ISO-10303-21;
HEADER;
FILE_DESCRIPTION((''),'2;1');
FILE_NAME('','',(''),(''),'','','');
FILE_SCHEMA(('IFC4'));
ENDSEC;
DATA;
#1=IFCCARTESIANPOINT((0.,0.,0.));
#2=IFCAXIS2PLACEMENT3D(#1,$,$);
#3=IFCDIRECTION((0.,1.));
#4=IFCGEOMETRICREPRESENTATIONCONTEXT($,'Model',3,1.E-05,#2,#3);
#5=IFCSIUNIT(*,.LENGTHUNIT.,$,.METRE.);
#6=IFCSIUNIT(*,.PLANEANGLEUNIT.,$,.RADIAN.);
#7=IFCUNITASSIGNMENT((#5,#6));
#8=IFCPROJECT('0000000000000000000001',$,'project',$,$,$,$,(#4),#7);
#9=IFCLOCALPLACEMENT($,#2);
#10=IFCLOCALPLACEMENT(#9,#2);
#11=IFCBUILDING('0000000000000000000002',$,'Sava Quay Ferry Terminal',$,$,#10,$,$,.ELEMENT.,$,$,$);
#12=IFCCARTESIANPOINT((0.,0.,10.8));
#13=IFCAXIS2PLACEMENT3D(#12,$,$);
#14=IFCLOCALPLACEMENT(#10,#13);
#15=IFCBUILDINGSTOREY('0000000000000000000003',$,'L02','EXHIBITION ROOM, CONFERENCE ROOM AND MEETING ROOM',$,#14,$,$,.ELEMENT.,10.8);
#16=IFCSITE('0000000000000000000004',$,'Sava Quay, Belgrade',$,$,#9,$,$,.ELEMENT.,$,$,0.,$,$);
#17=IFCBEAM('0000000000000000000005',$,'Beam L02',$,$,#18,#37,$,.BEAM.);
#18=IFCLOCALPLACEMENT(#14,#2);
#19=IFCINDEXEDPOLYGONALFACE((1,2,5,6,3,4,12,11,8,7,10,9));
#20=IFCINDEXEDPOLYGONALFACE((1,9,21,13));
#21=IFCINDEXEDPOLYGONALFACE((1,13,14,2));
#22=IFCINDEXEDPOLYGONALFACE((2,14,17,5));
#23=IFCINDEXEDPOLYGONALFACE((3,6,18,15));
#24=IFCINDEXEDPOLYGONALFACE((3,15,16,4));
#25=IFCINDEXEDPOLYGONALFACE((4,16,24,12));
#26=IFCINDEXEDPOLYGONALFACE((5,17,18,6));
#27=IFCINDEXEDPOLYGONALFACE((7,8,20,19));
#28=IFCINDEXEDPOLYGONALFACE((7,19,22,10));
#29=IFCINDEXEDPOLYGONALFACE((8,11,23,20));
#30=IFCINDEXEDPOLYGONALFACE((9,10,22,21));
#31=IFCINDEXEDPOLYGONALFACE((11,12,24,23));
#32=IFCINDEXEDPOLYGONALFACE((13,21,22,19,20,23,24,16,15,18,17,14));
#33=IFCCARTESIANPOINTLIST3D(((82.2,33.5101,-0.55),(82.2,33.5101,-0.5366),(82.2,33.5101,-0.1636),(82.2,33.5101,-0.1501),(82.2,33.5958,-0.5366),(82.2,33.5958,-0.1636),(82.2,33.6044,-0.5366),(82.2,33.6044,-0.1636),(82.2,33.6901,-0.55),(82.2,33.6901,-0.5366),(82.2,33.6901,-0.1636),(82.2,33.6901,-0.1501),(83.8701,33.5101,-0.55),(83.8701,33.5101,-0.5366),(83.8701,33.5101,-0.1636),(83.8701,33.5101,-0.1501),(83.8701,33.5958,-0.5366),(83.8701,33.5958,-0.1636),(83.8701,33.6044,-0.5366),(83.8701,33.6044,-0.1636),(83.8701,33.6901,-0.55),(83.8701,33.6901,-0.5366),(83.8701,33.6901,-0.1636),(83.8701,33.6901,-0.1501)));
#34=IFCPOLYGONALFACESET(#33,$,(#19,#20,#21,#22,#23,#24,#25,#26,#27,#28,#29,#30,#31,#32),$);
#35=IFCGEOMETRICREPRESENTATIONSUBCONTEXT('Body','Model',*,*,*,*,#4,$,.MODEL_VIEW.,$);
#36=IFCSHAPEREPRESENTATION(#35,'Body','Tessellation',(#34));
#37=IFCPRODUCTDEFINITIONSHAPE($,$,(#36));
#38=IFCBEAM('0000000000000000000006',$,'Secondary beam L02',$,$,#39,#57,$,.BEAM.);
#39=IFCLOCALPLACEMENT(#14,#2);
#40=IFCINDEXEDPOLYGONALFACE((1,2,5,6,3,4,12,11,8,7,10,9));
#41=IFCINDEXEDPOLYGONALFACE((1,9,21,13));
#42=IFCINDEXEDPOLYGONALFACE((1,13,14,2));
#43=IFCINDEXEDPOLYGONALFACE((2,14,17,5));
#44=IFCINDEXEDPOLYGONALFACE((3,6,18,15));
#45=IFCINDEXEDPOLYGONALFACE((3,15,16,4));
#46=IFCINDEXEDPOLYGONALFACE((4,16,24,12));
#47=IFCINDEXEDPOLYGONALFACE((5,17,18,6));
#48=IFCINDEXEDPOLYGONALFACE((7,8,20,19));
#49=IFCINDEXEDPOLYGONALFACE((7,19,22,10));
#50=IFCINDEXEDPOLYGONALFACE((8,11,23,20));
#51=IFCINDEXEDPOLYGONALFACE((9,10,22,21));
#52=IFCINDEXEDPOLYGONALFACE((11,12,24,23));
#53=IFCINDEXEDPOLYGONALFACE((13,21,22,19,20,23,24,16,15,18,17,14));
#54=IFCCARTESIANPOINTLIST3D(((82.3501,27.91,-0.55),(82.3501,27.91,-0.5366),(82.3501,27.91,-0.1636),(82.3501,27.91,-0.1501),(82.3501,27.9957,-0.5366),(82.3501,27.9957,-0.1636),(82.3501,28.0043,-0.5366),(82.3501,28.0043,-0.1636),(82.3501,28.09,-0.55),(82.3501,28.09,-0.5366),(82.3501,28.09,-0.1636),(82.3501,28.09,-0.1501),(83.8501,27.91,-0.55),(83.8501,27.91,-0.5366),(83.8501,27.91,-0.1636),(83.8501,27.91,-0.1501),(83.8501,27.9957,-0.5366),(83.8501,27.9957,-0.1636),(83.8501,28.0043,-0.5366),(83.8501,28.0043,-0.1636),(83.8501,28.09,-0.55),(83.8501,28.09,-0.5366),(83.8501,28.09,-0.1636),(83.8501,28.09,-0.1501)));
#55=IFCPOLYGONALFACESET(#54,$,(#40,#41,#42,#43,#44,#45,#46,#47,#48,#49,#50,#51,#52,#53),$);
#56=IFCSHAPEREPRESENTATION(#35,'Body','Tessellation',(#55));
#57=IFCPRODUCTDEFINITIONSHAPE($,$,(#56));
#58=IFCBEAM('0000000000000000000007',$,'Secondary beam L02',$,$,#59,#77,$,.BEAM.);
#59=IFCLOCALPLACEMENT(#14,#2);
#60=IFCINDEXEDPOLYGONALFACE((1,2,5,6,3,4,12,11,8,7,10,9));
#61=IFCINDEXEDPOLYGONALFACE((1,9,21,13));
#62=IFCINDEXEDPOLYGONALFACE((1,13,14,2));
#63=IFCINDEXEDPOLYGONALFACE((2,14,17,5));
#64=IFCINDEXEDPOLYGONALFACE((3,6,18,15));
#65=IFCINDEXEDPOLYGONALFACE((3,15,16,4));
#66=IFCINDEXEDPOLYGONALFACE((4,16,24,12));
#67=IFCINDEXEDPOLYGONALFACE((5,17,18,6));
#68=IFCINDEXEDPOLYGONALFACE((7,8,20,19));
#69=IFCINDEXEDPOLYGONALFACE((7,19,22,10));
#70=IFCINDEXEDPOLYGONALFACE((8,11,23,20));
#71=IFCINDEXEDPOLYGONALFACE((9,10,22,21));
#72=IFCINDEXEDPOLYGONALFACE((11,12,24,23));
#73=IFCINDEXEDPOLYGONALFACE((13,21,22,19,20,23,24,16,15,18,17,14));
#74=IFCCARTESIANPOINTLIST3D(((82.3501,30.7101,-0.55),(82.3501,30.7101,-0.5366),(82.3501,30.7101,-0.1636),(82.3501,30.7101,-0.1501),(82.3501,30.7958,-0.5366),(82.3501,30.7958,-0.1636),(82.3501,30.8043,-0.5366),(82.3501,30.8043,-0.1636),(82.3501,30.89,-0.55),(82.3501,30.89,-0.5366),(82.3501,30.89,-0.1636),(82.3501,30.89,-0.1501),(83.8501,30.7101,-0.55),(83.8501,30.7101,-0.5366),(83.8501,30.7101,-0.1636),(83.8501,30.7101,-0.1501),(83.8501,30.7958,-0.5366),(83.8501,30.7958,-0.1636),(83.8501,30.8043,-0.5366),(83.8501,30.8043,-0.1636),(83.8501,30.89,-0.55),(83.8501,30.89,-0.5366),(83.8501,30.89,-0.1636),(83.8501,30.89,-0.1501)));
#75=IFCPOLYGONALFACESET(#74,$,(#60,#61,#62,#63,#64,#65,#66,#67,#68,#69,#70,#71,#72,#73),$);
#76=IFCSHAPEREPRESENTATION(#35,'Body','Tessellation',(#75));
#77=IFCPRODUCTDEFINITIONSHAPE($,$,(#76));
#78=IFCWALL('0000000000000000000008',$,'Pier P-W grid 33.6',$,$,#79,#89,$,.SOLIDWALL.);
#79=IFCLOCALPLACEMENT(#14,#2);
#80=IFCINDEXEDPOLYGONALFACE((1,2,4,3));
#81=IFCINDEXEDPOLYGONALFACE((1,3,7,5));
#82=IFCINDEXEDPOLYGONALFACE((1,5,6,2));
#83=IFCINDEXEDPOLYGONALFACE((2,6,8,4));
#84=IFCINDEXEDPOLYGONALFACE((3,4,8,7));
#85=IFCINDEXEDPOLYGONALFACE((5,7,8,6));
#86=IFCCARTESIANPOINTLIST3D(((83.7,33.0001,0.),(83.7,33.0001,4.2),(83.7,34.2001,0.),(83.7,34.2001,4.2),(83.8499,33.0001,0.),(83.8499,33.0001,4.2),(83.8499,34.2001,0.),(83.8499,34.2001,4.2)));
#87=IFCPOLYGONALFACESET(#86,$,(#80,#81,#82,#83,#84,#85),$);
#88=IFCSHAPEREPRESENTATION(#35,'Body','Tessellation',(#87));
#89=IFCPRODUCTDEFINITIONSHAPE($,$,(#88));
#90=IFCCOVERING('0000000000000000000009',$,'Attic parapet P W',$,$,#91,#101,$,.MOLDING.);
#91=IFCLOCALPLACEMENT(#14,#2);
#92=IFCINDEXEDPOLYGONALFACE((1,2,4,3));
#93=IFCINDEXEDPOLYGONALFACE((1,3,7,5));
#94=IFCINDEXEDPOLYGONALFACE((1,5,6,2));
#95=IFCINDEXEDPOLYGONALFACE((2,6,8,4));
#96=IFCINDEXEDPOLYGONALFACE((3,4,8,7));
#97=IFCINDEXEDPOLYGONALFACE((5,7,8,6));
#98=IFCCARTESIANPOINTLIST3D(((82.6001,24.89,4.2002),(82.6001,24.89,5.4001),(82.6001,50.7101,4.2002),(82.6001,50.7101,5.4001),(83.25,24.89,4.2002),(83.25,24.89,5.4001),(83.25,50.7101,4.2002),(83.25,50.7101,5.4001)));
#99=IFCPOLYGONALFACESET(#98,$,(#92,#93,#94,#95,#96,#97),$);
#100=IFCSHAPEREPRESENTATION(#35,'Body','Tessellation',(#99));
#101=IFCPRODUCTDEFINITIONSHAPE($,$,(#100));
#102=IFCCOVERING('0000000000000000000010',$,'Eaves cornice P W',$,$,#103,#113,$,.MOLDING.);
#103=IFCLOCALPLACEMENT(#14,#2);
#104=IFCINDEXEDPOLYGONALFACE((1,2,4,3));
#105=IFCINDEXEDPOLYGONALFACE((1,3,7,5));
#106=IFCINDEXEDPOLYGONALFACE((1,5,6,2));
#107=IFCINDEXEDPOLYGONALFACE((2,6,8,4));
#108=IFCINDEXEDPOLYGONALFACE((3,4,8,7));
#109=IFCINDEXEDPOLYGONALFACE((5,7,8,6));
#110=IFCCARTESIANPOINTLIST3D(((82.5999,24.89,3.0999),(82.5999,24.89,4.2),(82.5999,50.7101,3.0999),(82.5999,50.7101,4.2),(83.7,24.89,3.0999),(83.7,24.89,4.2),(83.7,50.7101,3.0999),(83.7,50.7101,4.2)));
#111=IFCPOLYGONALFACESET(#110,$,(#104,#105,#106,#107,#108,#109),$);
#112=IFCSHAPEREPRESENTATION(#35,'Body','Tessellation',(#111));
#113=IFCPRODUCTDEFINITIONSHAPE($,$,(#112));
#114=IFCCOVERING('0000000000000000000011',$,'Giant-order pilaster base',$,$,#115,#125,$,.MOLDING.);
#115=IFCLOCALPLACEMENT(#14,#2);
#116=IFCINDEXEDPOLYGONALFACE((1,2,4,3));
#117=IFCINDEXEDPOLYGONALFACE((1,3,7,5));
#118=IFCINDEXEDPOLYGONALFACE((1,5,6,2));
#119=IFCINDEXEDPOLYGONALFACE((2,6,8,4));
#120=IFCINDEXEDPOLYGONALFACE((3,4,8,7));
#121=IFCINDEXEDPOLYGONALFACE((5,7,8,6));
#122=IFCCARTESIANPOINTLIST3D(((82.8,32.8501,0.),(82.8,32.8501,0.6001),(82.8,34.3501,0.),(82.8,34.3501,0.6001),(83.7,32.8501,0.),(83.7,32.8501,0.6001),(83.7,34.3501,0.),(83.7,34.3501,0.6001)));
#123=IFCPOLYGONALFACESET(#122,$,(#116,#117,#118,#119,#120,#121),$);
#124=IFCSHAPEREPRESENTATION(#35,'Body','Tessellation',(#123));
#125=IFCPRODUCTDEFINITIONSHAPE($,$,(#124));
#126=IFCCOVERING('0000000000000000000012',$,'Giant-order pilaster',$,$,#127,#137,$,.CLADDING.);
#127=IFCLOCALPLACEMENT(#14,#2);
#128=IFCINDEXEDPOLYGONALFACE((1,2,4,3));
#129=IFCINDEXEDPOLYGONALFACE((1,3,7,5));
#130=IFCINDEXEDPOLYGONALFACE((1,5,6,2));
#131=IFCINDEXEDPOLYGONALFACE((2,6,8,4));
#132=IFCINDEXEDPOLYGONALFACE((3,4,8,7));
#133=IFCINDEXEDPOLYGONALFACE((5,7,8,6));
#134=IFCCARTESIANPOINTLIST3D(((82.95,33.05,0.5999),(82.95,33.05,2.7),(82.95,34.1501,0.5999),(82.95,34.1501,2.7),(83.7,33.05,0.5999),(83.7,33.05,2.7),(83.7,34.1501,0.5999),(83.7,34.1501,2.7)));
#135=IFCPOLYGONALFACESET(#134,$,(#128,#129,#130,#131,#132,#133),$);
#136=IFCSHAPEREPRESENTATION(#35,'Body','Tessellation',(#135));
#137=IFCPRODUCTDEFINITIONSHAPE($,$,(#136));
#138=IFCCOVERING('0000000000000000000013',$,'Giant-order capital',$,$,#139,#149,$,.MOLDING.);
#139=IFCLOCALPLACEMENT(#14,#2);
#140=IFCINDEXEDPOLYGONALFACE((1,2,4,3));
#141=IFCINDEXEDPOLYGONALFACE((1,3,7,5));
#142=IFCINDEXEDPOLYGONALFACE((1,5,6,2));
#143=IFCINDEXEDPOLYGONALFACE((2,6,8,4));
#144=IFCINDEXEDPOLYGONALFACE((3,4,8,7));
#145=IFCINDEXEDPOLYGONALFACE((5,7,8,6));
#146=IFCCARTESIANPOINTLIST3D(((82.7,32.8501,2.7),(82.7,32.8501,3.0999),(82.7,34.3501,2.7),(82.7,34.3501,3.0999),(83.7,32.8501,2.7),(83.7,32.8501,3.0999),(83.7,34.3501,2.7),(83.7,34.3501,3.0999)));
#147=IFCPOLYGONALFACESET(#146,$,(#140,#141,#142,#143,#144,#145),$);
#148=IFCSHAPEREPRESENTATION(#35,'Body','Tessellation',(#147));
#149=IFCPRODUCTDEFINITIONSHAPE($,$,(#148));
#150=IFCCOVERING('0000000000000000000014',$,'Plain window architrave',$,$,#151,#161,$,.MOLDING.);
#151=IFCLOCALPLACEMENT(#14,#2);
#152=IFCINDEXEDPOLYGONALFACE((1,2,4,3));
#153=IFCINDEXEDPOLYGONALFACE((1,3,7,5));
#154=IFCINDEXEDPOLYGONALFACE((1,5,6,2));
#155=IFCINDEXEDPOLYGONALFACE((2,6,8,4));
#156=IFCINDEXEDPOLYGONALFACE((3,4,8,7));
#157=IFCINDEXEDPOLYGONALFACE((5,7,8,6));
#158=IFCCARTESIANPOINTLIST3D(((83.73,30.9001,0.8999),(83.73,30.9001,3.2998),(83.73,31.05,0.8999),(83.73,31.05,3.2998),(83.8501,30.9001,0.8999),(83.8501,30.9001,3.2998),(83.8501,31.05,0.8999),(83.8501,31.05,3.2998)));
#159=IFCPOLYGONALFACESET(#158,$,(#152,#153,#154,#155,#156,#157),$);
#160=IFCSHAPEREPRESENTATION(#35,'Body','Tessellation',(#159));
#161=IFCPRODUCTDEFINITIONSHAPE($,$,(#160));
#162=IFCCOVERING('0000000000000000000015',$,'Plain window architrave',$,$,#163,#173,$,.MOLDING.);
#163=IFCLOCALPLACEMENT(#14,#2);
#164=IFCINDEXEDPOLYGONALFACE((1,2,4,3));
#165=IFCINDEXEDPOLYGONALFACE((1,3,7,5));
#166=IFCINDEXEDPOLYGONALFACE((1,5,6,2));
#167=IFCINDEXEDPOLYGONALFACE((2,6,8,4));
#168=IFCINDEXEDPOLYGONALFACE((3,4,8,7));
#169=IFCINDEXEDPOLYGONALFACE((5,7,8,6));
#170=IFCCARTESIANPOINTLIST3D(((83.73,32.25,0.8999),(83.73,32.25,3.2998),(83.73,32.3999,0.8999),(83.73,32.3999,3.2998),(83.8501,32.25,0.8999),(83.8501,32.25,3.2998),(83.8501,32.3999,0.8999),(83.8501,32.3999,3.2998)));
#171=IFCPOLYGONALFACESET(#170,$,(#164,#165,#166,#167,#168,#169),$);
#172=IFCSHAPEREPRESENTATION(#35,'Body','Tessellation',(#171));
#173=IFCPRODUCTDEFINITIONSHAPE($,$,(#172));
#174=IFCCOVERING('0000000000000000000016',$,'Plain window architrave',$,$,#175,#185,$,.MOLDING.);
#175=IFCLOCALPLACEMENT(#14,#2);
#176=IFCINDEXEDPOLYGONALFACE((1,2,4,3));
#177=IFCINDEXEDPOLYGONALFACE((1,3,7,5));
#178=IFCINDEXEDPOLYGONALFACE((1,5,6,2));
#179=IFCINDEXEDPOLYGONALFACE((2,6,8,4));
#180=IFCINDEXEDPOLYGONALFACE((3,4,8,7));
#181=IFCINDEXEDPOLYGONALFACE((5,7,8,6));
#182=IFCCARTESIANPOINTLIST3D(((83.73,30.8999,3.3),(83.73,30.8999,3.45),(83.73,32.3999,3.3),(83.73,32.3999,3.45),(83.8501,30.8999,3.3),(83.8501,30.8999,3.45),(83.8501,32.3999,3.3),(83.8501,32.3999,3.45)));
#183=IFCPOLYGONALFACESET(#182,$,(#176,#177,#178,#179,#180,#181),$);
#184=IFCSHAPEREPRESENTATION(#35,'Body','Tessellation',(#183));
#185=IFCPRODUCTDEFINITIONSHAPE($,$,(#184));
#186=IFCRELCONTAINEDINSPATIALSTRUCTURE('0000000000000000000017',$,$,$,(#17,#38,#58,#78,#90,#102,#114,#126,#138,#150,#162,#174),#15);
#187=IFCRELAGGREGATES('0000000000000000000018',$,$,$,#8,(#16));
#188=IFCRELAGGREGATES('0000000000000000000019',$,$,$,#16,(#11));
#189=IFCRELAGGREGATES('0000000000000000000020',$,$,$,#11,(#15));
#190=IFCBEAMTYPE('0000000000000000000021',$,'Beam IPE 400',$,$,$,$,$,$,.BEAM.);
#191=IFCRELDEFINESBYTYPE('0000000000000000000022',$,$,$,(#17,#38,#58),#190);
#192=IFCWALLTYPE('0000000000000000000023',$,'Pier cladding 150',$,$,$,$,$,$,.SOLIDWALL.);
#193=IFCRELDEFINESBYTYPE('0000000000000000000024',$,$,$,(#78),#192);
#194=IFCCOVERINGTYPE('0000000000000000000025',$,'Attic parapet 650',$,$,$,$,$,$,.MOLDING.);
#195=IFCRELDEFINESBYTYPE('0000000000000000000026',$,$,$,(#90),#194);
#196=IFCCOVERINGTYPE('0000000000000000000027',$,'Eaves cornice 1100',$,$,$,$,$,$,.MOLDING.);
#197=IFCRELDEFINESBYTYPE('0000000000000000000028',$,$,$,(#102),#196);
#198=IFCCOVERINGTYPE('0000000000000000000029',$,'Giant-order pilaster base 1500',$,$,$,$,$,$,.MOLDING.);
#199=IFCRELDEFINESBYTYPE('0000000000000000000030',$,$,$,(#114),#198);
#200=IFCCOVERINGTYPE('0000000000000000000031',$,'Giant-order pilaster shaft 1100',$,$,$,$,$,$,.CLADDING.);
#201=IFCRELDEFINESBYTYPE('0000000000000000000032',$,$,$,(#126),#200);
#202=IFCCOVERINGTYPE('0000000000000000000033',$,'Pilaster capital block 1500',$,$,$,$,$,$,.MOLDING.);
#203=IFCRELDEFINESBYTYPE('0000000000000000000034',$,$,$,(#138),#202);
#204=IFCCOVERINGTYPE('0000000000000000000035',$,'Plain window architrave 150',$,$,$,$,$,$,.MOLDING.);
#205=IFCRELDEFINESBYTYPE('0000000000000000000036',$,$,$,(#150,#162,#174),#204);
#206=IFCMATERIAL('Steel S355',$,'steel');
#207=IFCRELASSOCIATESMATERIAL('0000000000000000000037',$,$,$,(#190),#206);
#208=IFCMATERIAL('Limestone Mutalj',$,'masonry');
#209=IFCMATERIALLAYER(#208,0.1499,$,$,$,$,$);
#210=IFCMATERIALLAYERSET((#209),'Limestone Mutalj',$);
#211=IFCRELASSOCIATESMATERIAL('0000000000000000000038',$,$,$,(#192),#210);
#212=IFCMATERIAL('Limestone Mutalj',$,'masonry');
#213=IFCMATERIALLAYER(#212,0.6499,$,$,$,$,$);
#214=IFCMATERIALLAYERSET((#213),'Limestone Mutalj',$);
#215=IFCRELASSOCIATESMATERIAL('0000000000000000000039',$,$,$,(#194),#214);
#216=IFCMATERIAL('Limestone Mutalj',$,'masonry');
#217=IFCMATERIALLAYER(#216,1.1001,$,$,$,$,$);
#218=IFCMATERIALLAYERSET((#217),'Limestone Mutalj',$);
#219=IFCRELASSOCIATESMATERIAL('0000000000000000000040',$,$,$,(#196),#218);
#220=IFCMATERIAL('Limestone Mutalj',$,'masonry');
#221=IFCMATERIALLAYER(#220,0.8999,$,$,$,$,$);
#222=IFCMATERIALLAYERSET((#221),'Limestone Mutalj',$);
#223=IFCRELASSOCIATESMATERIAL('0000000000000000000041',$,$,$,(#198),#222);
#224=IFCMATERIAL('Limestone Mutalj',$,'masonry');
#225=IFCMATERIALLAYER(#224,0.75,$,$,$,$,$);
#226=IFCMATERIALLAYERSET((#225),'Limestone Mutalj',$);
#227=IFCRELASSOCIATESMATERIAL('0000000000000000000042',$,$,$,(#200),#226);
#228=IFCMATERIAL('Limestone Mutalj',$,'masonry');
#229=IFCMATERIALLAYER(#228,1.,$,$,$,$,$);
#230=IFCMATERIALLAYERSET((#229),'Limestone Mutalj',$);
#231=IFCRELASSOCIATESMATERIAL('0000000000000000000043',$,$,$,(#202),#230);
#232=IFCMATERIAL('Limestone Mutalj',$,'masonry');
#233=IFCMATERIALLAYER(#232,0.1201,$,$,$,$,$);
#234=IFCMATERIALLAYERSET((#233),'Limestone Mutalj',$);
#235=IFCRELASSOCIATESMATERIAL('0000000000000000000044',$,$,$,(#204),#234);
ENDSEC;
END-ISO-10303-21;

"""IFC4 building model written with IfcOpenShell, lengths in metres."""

from ifc_helpers import new_model, si_unit, direction, frame, frame_2d, origin, origin_2d, place, context, subcontext, project, spatial, rectangle, i_section, extrude, material, layer, layer_set, material_profile, profile_set, type_object, element, save


model = new_model("IFC4")

# Units and contexts
model_context = context("Model", 3, precision=1e-05, world=origin(), true_north=direction((0.0, 1.0)))
body_context = subcontext(model_context, "Body", "Model", "MODEL_VIEW")
ifc_project = project(units=[si_unit("LENGTHUNIT", "METRE"), si_unit("PLANEANGLEUNIT", "RADIAN")], contexts=[model_context])

# Site, building, storey
site_placement = place(None, origin())
site = spatial("IfcSite", under=ifc_project, at=site_placement, Name="Sava Quay, Belgrade", CompositionType="ELEMENT", RefElevation=0.0)
building_placement = place(site_placement, origin())
building = spatial("IfcBuilding", under=site, at=building_placement, Name="Sava Quay Ferry Terminal", CompositionType="ELEMENT")
storey_placement = place(building_placement, frame((0.0, 0.0, 10.8)))
storey = spatial("IfcBuildingStorey", under=building, at=storey_placement, Name="L02", Description="EXHIBITION ROOM, CONFERENCE ROOM AND MEETING ROOM", CompositionType="ELEMENT", Elevation=10.8)

# Beams
ifc_material_1 = material(Name="Steel S355", Category="steel")
ifc_material_profile = material_profile(ifc_material_1, i_section(OverallWidth=0.1799, OverallDepth=0.3999, WebThickness=0.0085, FlangeThickness=0.0134, at=origin_2d()), Name="IPE 400")
ifc_profile_set = profile_set([ifc_material_profile], Name="Steel S355")
beam_type = type_object("IfcBeamType", Name="Beam IPE 400", PredefinedType="BEAM", material=ifc_profile_set)
beam_placement = place(storey_placement, frame((82.2, 33.6001, -0.3501), z_axis=(1.0, 0.0, 0.0), x_axis=(0.0, 1.0, 0.0)))
element("IfcBeam", 1, at=beam_placement, inside=storey, type_object=beam_type, Name="Beam L02", PredefinedType="BEAM", context=body_context, shape_type="SweptSolid", body=[
    extrude(i_section(OverallWidth=0.1799, OverallDepth=0.3999, WebThickness=0.0085, FlangeThickness=0.0134, at=origin_2d()), origin(), (0.0, 0.0, 1.0), 1.6702),
])
for number, where, z_axis, x_axis, name in (
    (2, (82.3501, 28.0, -0.3501), (1.0, 0.0, 0.0), (0.0, 1.0, 0.0), "Secondary beam L02"),
    (3, (82.3501, 30.8, -0.3501), (1.0, 0.0, 0.0), (0.0, 1.0, 0.0), "Secondary beam L02"),
):
    element("IfcBeam", number, at=place(storey_placement, frame(where, z_axis=z_axis, x_axis=x_axis)), inside=storey, type_object=beam_type, Name=name, PredefinedType="BEAM", context=body_context, shape_type="SweptSolid", body=[
        extrude(i_section(OverallWidth=0.1799, OverallDepth=0.3999, WebThickness=0.0085, FlangeThickness=0.0134, at=origin_2d()), origin(), (0.0, 0.0, 1.0), 1.5),
    ])

# Wall
ifc_material_2 = material(Name="Limestone Mutalj", Category="masonry")
ifc_layer_1 = layer(ifc_material_2, 0.1499)
ifc_layer_set_1 = layer_set([ifc_layer_1], Name="Limestone Mutalj")
wall_type = type_object("IfcWallType", Name="Pier cladding 150", PredefinedType="SOLIDWALL", material=ifc_layer_set_1)
wall_placement = place(storey_placement, frame((83.7749, 33.0, 0.0), z_axis=(0.0, 0.0, 1.0), x_axis=(0.0, 1.0, 0.0)))
element("IfcWall", 4, at=wall_placement, inside=storey, type_object=wall_type, Name="Pier P-W grid 33.6", PredefinedType="SOLIDWALL", context=body_context, shape_type="SweptSolid", body=[
    extrude(rectangle(XDim=1.2, YDim=0.1499, at=frame_2d((0.6001, 0.0))), origin(), (0.0, 0.0, 1.0), 4.2),
])

# Coverings
ifc_material_3 = material(Name="Limestone Mutalj", Category="masonry")
ifc_layer_2 = layer(ifc_material_3, 0.6499)
ifc_layer_set_2 = layer_set([ifc_layer_2], Name="Limestone Mutalj")
covering_type_1 = type_object("IfcCoveringType", Name="Attic parapet 650", PredefinedType="MOLDING", material=ifc_layer_set_2)
covering_1_placement = place(storey_placement, frame((82.925, 37.8, 4.2002), z_axis=(0.0, 0.0, 1.0), x_axis=(1.0, 0.0, 0.0)))
element("IfcCovering", 5, at=covering_1_placement, inside=storey, type_object=covering_type_1, Name="Attic parapet P W", PredefinedType="MOLDING", context=body_context, shape_type="SweptSolid", body=[
    extrude(rectangle(XDim=0.6499, YDim=25.8201, at=origin_2d()), origin(), (0.0, 0.0, 1.0), 1.2),
])
ifc_material_4 = material(Name="Limestone Mutalj", Category="masonry")
ifc_layer_3 = layer(ifc_material_4, 1.1001)
ifc_layer_set_3 = layer_set([ifc_layer_3], Name="Limestone Mutalj")
covering_type_2 = type_object("IfcCoveringType", Name="Eaves cornice 1100", PredefinedType="MOLDING", material=ifc_layer_set_3)
covering_2_placement = place(storey_placement, frame((83.1499, 37.8, 3.0999), z_axis=(0.0, 0.0, 1.0), x_axis=(1.0, 0.0, 0.0)))
element("IfcCovering", 6, at=covering_2_placement, inside=storey, type_object=covering_type_2, Name="Eaves cornice P W", PredefinedType="MOLDING", context=body_context, shape_type="SweptSolid", body=[
    extrude(rectangle(XDim=1.1001, YDim=25.8201, at=origin_2d()), origin(), (0.0, 0.0, 1.0), 1.1001),
])
ifc_material_5 = material(Name="Limestone Mutalj", Category="masonry")
ifc_layer_4 = layer(ifc_material_5, 0.8999)
ifc_layer_set_4 = layer_set([ifc_layer_4], Name="Limestone Mutalj")
covering_type_3 = type_object("IfcCoveringType", Name="Giant-order pilaster base 1500", PredefinedType="MOLDING", material=ifc_layer_set_4)
covering_3_placement = place(storey_placement, frame((83.25, 33.6001, 0.0), z_axis=(0.0, 0.0, 1.0), x_axis=(1.0, 0.0, 0.0)))
element("IfcCovering", 7, at=covering_3_placement, inside=storey, type_object=covering_type_3, Name="Giant-order pilaster base", PredefinedType="MOLDING", context=body_context, shape_type="SweptSolid", body=[
    extrude(rectangle(XDim=0.8999, YDim=1.5, at=origin_2d()), origin(), (0.0, 0.0, 1.0), 0.6001),
])
ifc_material_6 = material(Name="Limestone Mutalj", Category="masonry")
ifc_layer_5 = layer(ifc_material_6, 0.75)
ifc_layer_set_5 = layer_set([ifc_layer_5], Name="Limestone Mutalj")
covering_type_4 = type_object("IfcCoveringType", Name="Giant-order pilaster shaft 1100", PredefinedType="CLADDING", material=ifc_layer_set_5)
covering_4_placement = place(storey_placement, frame((83.325, 33.6001, 0.5999), z_axis=(0.0, 0.0, 1.0), x_axis=(1.0, 0.0, 0.0)))
element("IfcCovering", 8, at=covering_4_placement, inside=storey, type_object=covering_type_4, Name="Giant-order pilaster", PredefinedType="CLADDING", context=body_context, shape_type="SweptSolid", body=[
    extrude(rectangle(XDim=0.75, YDim=1.1001, at=origin_2d()), origin(), (0.0, 0.0, 1.0), 2.1001),
])
ifc_material_7 = material(Name="Limestone Mutalj", Category="masonry")
ifc_layer_6 = layer(ifc_material_7, 1.0)
ifc_layer_set_6 = layer_set([ifc_layer_6], Name="Limestone Mutalj")
covering_type_5 = type_object("IfcCoveringType", Name="Pilaster capital block 1500", PredefinedType="MOLDING", material=ifc_layer_set_6)
covering_5_placement = place(storey_placement, frame((83.2, 33.6001, 2.7), z_axis=(0.0, 0.0, 1.0), x_axis=(1.0, 0.0, 0.0)))
element("IfcCovering", 9, at=covering_5_placement, inside=storey, type_object=covering_type_5, Name="Giant-order capital", PredefinedType="MOLDING", context=body_context, shape_type="SweptSolid", body=[
    extrude(rectangle(XDim=1.0, YDim=1.5, at=origin_2d()), origin(), (0.0, 0.0, 1.0), 0.3999),
])
ifc_material_8 = material(Name="Limestone Mutalj", Category="masonry")
ifc_layer_7 = layer(ifc_material_8, 0.1201)
ifc_layer_set_7 = layer_set([ifc_layer_7], Name="Limestone Mutalj")
covering_type_6 = type_object("IfcCoveringType", Name="Plain window architrave 150", PredefinedType="MOLDING", material=ifc_layer_set_7)
for number, where, z_axis, x_axis, name in (
    (10, (83.79, 30.9751, 0.8999), (0.0, 0.0, 1.0), (1.0, 0.0, 0.0), "Plain window architrave"),
    (11, (83.79, 32.325, 0.8999), (0.0, 0.0, 1.0), (1.0, 0.0, 0.0), "Plain window architrave"),
):
    element("IfcCovering", number, at=place(storey_placement, frame(where, z_axis=z_axis, x_axis=x_axis)), inside=storey, type_object=covering_type_6, Name=name, PredefinedType="MOLDING", context=body_context, shape_type="SweptSolid", body=[
        extrude(rectangle(XDim=0.1201, YDim=0.1499, at=origin_2d()), origin(), (0.0, 0.0, 1.0), 2.3999),
    ])
for number, where, z_axis, x_axis, name in (
    (12, (83.79, 31.6499, 3.3), (0.0, 0.0, 1.0), (1.0, 0.0, 0.0), "Plain window architrave"),
):
    element("IfcCovering", number, at=place(storey_placement, frame(where, z_axis=z_axis, x_axis=x_axis)), inside=storey, type_object=covering_type_6, Name=name, PredefinedType="MOLDING", context=body_context, shape_type="SweptSolid", body=[
        extrude(rectangle(XDim=0.1201, YDim=1.5, at=origin_2d()), origin(), (0.0, 0.0, 1.0), 0.1499),
    ])

save(model, "model.ifc")
